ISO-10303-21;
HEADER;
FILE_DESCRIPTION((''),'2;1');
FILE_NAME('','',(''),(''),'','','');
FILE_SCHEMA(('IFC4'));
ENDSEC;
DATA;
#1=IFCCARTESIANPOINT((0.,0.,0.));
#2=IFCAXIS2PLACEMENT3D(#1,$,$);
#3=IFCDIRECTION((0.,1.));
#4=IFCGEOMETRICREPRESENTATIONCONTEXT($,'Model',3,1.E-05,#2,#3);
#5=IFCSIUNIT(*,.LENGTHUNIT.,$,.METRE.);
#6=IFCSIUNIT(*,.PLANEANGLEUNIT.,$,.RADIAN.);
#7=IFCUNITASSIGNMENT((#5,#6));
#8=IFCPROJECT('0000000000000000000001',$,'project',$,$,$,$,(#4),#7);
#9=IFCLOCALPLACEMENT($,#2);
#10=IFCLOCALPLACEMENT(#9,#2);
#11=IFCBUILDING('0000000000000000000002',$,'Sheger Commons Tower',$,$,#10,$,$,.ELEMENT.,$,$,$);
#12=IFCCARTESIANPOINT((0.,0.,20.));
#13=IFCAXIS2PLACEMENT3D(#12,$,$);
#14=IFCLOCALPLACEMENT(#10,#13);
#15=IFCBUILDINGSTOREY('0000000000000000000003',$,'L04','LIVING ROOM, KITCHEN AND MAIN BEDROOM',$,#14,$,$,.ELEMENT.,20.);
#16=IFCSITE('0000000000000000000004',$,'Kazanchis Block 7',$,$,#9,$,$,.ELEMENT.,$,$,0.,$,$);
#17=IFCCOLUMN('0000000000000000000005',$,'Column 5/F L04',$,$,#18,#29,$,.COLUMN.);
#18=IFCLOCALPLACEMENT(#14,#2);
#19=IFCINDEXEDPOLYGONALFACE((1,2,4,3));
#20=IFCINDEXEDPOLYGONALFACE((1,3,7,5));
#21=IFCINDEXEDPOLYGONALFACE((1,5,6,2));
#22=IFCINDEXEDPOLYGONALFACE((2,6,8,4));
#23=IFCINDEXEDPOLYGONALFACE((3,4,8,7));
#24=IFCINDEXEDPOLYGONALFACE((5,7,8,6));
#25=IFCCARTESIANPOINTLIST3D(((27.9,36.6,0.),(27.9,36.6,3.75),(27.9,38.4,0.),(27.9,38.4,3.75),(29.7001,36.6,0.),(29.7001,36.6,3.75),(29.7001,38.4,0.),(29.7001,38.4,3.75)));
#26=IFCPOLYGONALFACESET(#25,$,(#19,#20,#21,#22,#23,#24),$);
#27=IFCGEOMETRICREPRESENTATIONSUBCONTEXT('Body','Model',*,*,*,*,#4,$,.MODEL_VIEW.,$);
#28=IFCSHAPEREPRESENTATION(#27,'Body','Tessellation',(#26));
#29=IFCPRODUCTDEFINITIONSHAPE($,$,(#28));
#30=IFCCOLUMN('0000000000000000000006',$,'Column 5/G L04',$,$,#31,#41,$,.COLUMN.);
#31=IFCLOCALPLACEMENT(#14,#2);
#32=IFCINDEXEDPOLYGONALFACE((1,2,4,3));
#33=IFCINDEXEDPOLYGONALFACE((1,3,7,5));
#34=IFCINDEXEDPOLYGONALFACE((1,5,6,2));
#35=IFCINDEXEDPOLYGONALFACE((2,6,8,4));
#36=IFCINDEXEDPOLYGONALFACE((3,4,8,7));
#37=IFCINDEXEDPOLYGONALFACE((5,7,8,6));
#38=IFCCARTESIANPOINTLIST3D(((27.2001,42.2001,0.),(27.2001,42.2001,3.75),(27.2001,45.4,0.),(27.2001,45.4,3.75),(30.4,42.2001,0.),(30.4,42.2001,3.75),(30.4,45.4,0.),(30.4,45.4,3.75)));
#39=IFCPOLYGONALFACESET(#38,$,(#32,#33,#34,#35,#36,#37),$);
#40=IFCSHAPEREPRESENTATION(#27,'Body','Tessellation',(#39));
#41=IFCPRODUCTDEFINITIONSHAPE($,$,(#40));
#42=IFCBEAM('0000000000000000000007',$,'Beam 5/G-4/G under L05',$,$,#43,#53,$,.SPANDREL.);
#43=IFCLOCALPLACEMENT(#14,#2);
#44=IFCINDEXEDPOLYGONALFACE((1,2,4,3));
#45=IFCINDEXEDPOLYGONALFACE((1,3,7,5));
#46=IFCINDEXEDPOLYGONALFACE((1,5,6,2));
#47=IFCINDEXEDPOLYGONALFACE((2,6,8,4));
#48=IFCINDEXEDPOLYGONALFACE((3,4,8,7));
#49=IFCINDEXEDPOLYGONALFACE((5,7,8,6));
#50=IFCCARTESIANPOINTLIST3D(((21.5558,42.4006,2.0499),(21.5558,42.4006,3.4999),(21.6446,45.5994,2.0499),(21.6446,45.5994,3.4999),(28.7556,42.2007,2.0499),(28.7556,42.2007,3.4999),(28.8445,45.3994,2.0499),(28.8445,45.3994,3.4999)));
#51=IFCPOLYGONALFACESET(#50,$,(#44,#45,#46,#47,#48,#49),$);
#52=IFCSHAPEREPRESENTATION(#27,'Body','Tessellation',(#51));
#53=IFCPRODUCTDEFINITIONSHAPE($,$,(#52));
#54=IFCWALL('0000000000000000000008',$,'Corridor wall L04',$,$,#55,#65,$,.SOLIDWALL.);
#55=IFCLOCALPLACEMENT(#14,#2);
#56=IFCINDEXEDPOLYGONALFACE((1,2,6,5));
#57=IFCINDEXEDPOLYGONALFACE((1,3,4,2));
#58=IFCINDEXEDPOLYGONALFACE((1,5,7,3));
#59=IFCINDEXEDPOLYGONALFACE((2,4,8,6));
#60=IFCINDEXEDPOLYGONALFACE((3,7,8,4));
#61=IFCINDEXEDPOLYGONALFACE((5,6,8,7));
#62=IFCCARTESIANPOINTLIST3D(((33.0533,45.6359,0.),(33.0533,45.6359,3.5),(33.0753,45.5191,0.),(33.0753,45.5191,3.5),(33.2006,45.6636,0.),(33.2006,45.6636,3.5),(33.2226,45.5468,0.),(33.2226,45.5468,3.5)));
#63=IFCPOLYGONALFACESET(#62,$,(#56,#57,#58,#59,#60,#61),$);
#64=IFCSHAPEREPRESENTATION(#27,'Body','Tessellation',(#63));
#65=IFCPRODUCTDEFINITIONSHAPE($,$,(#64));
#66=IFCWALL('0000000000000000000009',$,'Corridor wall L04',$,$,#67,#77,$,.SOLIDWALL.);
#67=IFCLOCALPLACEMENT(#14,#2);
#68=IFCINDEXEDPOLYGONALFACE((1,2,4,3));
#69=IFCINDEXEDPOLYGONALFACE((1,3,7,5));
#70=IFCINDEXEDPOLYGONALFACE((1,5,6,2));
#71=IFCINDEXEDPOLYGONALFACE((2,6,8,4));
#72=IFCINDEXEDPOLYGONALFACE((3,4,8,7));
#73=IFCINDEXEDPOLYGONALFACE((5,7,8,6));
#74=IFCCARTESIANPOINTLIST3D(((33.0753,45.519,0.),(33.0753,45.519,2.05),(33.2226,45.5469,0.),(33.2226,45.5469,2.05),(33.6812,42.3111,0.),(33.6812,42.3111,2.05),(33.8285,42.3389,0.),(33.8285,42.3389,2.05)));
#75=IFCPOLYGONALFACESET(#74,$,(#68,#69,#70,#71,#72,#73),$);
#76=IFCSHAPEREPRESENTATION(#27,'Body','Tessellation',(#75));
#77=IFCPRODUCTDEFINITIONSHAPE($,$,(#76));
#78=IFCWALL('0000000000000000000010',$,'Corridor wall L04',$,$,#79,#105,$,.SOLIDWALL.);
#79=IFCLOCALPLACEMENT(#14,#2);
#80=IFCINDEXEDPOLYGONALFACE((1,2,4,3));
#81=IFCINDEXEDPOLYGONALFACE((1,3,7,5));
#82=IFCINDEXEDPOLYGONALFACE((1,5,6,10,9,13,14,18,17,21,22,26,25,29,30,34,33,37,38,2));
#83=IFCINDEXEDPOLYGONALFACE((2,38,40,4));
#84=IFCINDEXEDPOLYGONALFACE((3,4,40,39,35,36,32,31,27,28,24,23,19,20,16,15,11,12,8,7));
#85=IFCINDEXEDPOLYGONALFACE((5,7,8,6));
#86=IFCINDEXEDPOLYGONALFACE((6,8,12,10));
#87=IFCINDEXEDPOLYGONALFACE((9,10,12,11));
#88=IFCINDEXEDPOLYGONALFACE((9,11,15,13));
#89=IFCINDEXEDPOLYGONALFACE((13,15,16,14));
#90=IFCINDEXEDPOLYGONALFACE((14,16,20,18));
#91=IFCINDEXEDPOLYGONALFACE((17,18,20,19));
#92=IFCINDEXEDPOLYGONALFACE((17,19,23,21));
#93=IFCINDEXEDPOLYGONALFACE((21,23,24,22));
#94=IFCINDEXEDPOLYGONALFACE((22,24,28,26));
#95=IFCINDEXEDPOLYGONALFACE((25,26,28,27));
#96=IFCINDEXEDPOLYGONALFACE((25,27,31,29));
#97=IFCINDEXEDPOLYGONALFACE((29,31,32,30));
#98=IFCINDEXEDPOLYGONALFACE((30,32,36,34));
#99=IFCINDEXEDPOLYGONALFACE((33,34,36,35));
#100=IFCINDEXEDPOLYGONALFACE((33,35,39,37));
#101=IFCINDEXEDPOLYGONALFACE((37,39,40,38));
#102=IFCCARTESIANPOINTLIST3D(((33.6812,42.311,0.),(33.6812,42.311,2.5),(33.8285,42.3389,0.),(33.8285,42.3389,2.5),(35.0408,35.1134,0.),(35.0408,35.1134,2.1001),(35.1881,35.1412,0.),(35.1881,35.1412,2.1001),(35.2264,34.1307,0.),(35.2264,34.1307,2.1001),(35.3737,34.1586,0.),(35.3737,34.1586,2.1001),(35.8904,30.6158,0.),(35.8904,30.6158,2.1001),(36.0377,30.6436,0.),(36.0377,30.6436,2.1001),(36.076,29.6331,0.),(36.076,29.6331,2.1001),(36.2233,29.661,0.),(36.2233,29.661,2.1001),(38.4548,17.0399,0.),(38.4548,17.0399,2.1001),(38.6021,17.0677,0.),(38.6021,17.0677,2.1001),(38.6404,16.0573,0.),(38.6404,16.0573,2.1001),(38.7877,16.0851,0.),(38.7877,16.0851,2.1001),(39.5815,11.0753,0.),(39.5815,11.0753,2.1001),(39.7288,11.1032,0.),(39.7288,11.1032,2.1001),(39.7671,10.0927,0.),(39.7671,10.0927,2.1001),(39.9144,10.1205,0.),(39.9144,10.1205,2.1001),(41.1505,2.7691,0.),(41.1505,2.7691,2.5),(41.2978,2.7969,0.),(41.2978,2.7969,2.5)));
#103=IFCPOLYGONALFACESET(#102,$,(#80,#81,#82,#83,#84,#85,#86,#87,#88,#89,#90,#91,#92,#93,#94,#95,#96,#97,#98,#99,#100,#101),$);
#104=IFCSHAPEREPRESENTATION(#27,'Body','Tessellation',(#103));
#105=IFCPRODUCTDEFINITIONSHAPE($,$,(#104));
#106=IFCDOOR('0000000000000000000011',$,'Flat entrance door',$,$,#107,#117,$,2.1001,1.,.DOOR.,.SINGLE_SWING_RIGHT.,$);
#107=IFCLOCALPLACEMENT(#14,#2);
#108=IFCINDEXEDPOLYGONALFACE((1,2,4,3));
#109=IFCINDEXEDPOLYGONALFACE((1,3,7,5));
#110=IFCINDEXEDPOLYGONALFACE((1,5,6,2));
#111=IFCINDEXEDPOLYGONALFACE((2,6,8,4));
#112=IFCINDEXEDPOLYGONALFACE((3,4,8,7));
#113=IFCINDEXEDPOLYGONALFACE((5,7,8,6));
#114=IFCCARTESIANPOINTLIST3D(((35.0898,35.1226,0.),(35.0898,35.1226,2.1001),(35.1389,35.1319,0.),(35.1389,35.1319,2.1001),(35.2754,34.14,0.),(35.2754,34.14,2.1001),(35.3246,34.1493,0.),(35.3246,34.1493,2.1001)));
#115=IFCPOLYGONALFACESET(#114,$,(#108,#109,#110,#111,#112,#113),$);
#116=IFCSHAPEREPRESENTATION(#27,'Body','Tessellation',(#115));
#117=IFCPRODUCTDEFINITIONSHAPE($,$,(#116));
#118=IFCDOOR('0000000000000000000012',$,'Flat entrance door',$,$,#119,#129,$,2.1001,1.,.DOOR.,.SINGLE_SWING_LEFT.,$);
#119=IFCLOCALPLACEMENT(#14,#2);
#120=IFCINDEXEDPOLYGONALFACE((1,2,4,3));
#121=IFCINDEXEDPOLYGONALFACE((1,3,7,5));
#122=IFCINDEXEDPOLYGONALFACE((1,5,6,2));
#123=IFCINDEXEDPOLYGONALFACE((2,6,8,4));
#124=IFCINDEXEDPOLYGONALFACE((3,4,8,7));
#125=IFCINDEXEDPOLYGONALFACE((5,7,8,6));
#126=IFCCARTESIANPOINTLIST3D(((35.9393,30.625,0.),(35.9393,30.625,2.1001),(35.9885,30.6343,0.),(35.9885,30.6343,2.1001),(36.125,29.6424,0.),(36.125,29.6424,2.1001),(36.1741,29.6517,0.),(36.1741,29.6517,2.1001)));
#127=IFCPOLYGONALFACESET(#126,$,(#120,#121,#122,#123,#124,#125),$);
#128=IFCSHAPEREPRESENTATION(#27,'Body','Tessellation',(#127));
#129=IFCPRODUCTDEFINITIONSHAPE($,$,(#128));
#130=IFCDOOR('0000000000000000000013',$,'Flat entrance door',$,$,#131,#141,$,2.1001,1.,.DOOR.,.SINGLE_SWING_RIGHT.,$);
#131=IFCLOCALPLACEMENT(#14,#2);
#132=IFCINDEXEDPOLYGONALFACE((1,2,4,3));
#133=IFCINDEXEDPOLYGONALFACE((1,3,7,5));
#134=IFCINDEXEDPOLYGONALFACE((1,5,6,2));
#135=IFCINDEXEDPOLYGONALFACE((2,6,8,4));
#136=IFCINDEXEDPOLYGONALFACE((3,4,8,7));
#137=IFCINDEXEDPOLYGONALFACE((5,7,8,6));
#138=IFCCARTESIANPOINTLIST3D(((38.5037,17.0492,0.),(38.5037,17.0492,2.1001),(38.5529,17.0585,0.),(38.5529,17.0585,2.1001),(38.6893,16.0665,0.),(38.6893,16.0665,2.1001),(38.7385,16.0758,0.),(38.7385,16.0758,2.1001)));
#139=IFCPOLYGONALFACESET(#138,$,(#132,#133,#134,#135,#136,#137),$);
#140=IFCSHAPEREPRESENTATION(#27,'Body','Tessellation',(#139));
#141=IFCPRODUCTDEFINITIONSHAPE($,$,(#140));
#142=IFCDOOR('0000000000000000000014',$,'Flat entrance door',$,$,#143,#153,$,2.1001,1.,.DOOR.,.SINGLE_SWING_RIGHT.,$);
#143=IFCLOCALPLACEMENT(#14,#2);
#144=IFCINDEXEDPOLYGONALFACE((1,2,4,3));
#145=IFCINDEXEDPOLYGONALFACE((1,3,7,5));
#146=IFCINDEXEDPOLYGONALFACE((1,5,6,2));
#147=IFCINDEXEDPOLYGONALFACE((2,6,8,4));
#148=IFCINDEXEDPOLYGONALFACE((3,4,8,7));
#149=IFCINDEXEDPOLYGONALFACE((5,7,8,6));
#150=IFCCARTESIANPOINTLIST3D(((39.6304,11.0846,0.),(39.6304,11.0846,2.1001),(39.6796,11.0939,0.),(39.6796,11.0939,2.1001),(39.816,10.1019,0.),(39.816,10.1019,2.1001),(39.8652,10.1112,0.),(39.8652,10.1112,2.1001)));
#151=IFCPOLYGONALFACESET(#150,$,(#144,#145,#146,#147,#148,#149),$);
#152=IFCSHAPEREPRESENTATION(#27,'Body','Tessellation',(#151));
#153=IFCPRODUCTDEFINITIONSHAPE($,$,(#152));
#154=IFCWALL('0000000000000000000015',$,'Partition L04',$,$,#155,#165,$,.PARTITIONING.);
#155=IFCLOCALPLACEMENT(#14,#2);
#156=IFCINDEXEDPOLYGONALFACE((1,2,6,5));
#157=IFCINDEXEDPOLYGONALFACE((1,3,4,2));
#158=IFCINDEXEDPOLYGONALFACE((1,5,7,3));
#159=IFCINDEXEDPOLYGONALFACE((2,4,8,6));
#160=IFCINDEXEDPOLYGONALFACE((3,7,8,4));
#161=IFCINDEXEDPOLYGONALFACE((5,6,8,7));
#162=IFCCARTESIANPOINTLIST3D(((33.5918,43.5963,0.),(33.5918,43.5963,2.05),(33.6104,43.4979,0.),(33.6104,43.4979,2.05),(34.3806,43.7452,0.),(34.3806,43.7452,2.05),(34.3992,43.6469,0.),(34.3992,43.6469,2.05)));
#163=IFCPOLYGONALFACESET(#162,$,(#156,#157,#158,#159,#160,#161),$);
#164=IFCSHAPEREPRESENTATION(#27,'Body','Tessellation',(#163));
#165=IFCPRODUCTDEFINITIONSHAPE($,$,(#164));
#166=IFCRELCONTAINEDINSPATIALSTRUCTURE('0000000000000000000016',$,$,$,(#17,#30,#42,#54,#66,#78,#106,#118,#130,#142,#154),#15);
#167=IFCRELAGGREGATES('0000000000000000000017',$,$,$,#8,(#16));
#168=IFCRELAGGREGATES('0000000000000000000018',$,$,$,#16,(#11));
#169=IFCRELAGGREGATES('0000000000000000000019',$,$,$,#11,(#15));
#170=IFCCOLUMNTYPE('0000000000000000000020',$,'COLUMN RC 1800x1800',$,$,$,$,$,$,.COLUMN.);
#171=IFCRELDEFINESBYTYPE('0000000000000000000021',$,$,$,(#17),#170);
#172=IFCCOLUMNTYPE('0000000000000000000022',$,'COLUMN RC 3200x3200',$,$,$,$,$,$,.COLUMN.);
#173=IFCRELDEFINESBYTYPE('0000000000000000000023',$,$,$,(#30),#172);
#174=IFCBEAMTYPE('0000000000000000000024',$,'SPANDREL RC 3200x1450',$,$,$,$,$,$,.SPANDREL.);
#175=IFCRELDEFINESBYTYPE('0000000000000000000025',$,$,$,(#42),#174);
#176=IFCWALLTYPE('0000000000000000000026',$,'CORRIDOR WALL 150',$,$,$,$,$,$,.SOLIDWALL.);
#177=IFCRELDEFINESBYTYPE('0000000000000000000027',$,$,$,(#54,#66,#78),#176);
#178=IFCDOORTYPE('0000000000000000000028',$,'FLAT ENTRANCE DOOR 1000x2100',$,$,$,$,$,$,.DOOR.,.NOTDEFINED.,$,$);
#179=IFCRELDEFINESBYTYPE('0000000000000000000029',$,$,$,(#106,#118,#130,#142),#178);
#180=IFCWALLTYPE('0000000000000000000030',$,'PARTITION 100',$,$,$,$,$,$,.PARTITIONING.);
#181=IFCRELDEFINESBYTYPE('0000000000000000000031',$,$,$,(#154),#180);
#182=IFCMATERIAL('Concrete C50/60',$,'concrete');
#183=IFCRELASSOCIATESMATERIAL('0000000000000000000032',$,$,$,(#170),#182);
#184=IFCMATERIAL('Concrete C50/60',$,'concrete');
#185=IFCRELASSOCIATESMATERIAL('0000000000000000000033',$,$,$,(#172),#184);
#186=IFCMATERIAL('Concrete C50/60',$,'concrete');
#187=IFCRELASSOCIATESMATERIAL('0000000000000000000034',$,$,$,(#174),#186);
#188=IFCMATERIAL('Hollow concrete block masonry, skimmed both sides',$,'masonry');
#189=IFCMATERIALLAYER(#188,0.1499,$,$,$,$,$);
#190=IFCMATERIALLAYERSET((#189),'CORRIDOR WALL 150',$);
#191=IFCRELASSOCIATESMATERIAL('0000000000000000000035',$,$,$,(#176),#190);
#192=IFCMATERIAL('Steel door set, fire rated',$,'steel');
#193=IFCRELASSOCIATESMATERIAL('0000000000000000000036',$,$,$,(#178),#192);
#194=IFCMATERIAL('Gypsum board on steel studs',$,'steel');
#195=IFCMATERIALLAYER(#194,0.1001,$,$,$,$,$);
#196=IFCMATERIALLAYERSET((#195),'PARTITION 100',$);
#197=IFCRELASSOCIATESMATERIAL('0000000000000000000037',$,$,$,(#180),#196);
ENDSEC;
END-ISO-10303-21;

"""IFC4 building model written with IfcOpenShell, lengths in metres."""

from ifc_helpers import new_model, si_unit, direction, frame, frame_2d, origin, origin_2d, place, context, subcontext, project, spatial, rectangle, extrude, material, layer, layer_set, material_profile, profile_set, type_object, element, fill, save


model = new_model("IFC4")

# Units and contexts
model_context = context("Model", 3, precision=1e-05, world=origin(), true_north=direction((0.0, 1.0)))
body_context = subcontext(model_context, "Body", "Model", "MODEL_VIEW")
ifc_project = project(units=[si_unit("LENGTHUNIT", "METRE"), si_unit("PLANEANGLEUNIT", "RADIAN")], contexts=[model_context])

# Site, building, storey
site_placement = place(None, origin())
site = spatial("IfcSite", under=ifc_project, at=site_placement, Name="Kazanchis Block 7", CompositionType="ELEMENT", RefElevation=0.0)
building_placement = place(site_placement, origin())
building = spatial("IfcBuilding", under=site, at=building_placement, Name="Sheger Commons Tower", CompositionType="ELEMENT")
storey_placement = place(building_placement, frame((0.0, 0.0, 20.0)))
storey = spatial("IfcBuildingStorey", under=building, at=storey_placement, Name="L04", Description="LIVING ROOM, KITCHEN AND MAIN BEDROOM", CompositionType="ELEMENT", Elevation=20.0)

# Columns
ifc_material_1 = material(Name="Concrete C50/60", Category="concrete")
ifc_material_profile_1 = material_profile(ifc_material_1, rectangle(XDim=1.8, YDim=1.8, at=origin_2d()), Name="RC 1800x1800")
ifc_profile_set_1 = profile_set([ifc_material_profile_1], Name="Concrete C50/60")
column_type_1 = type_object("IfcColumnType", Name="COLUMN RC 1800x1800", PredefinedType="COLUMN", material=ifc_profile_set_1)
column_1_placement = place(storey_placement, frame((28.8, 37.5, 0.0), z_axis=(0.0, 0.0, 1.0), x_axis=(1.0, 0.0, 0.0)))
element("IfcColumn", 1, at=column_1_placement, inside=storey, type_object=column_type_1, Name="Column 5/F L04", PredefinedType="COLUMN", context=body_context, shape_type="SweptSolid", body=[
    extrude(rectangle(XDim=1.8, YDim=1.8, at=origin_2d()), origin(), (0.0, 0.0, 1.0), 3.75),
])
ifc_material_2 = material(Name="Concrete C50/60", Category="concrete")
ifc_material_profile_2 = material_profile(ifc_material_2, rectangle(XDim=3.2, YDim=3.2, at=origin_2d()), Name="RC 3200x3200")
ifc_profile_set_2 = profile_set([ifc_material_profile_2], Name="Concrete C50/60")
column_type_2 = type_object("IfcColumnType", Name="COLUMN RC 3200x3200", PredefinedType="COLUMN", material=ifc_profile_set_2)
column_2_placement = place(storey_placement, frame((28.8, 43.8, 0.0), z_axis=(0.0, 0.0, 1.0), x_axis=(1.0, 0.0, 0.0)))
element("IfcColumn", 2, at=column_2_placement, inside=storey, type_object=column_type_2, Name="Column 5/G L04", PredefinedType="COLUMN", context=body_context, shape_type="SweptSolid", body=[
    extrude(rectangle(XDim=3.2, YDim=3.2, at=origin_2d()), origin(), (0.0, 0.0, 1.0), 3.75),
])

# Beam
ifc_material_3 = material(Name="Concrete C50/60", Category="concrete")
ifc_material_profile_3 = material_profile(ifc_material_3, rectangle(XDim=3.2, YDim=1.45, at=origin_2d()), Name="RC 3200x1450")
ifc_profile_set_3 = profile_set([ifc_material_profile_3], Name="Concrete C50/60")
beam_type = type_object("IfcBeamType", Name="SPANDREL RC 3200x1450", PredefinedType="SPANDREL", material=ifc_profile_set_3)
beam_placement = place(storey_placement, frame((28.8, 43.8, 2.7749), z_axis=(-0.999615, 0.02776, 0.0), x_axis=(-0.02776, -0.999615, 0.0)))
element("IfcBeam", 3, at=beam_placement, inside=storey, type_object=beam_type, Name="Beam 5/G-4/G under L05", PredefinedType="SPANDREL", context=body_context, shape_type="SweptSolid", body=[
    extrude(rectangle(XDim=3.2, YDim=1.45, at=origin_2d()), origin(), (0.0, 0.0, 1.0), 7.2026),
])

# Walls
ifc_material_4 = material(Name="Hollow concrete block masonry, skimmed both sides", Category="masonry")
ifc_layer_1 = layer(ifc_material_4, 0.1499)
ifc_layer_set_1 = layer_set([ifc_layer_1], Name="CORRIDOR WALL 150")
wall_type_1 = type_object("IfcWallType", Name="CORRIDOR WALL 150", PredefinedType="SOLIDWALL", material=ifc_layer_set_1)
wall_1_placement = place(storey_placement, frame((33.127, 45.6499, 0.0), z_axis=(0.0, 0.0, 1.0), x_axis=(0.18466, -0.982802, 0.0)))
element("IfcWall", 4, at=wall_1_placement, inside=storey, type_object=wall_type_1, Name="Corridor wall L04", PredefinedType="SOLIDWALL", context=body_context, shape_type="SweptSolid", body=[
    extrude(rectangle(XDim=0.1189, YDim=0.1499, at=frame_2d((0.0596, 0.0))), origin(), (0.0, 0.0, 1.0), 3.5),
])
wall_2_placement = place(storey_placement, frame((33.1489, 45.533, 0.0), z_axis=(0.0, 0.0, 1.0), x_axis=(0.185607, -0.982624, 0.0)))
element("IfcWall", 5, at=wall_2_placement, inside=storey, type_object=wall_type_1, Name="Corridor wall L04", PredefinedType="SOLIDWALL", context=body_context, shape_type="SweptSolid", body=[
    extrude(rectangle(XDim=3.2646, YDim=0.1499, at=frame_2d((1.6323, 0.0))), origin(), (0.0, 0.0, 1.0), 2.05),
])

# Wall, openings, doors
wall_3_placement = place(storey_placement, frame((33.7549, 42.325, 0.0), z_axis=(0.0, 0.0, 1.0), x_axis=(0.185611, -0.982623, 0.0)))
wall_3 = element("IfcWall", 6, at=wall_3_placement, inside=storey, type_object=wall_type_1, Name="Corridor wall L04", PredefinedType="SOLIDWALL", context=body_context, shape_type="SweptSolid", body=[
    extrude(rectangle(XDim=40.2412, YDim=0.1499, at=frame_2d((20.1206, 0.0))), origin(), (0.0, 0.0, 1.0), 2.5),
])
opening_1_placement = place(wall_3_placement, frame((7.325, 0.0, 0.0)))
opening_1 = element("IfcOpeningElement", 7, at=opening_1_placement, cuts=wall_3, PredefinedType="OPENING", context=body_context, shape_type="SweptSolid", body=[
    extrude(rectangle(XDim=1.0, YDim=2.1001, at=frame_2d((0.5, 1.05))), frame((0.0, 0.085, 0.0), z_axis=(0.0, -1.0, 0.0), x_axis=(1.0, 0.0, 0.0)), (0.0, 0.0, 1.0), 0.1699),
])
opening_2_placement = place(wall_3_placement, frame((11.9021, 0.0, 0.0)))
opening_2 = element("IfcOpeningElement", 8, at=opening_2_placement, cuts=wall_3, PredefinedType="OPENING", context=body_context, shape_type="SweptSolid", body=[
    extrude(rectangle(XDim=1.0, YDim=2.1001, at=frame_2d((0.5, 1.05))), frame((0.0, 0.085, 0.0), z_axis=(0.0, -1.0, 0.0), x_axis=(1.0, 0.0, 0.0)), (0.0, 0.0, 1.0), 0.1699),
])
opening_3_placement = place(wall_3_placement, frame((25.718, 0.0, 0.0)))
opening_3 = element("IfcOpeningElement", 9, at=opening_3_placement, cuts=wall_3, PredefinedType="OPENING", context=body_context, shape_type="SweptSolid", body=[
    extrude(rectangle(XDim=1.0, YDim=2.1001, at=frame_2d((0.5, 1.05))), frame((0.0, 0.085, 0.0), z_axis=(0.0, -1.0, 0.0), x_axis=(1.0, 0.0, 0.0)), (0.0, 0.0, 1.0), 0.1699),
])
opening_4_placement = place(wall_3_placement, frame((31.7881, 0.0, 0.0)))
opening_4 = element("IfcOpeningElement", 10, at=opening_4_placement, cuts=wall_3, PredefinedType="OPENING", context=body_context, shape_type="SweptSolid", body=[
    extrude(rectangle(XDim=1.0, YDim=2.1001, at=frame_2d((0.5, 1.05))), frame((0.0, 0.085, 0.0), z_axis=(0.0, -1.0, 0.0), x_axis=(1.0, 0.0, 0.0)), (0.0, 0.0, 1.0), 0.1699),
])
ifc_material_5 = material(Name="Steel door set, fire rated", Category="steel")
door_type = type_object("IfcDoorType", Name="FLAT ENTRANCE DOOR 1000x2100", OperationType="NOTDEFINED", PredefinedType="DOOR", material=ifc_material_5)
door_1_placement = place(opening_1_placement, origin())
door_1 = element("IfcDoor", 11, at=door_1_placement, inside=storey, type_object=door_type, Name="Flat entrance door", OperationType="SINGLE_SWING_RIGHT", OverallHeight=2.1001, OverallWidth=1.0, PredefinedType="DOOR", context=body_context, shape_type="SweptSolid", body=[
    extrude(rectangle(XDim=1.0, YDim=2.1001, at=frame_2d((0.5, 1.05))), frame((0.0, 0.0249, 0.0), z_axis=(0.0, -1.0, 0.0), x_axis=(1.0, 0.0, 0.0)), (0.0, 0.0, 1.0), 0.05),
])
fill(opening_1, door_1)
door_2_placement = place(opening_2_placement, origin())
door_2 = element("IfcDoor", 12, at=door_2_placement, inside=storey, type_object=door_type, Name="Flat entrance door", OperationType="SINGLE_SWING_LEFT", OverallHeight=2.1001, OverallWidth=1.0, PredefinedType="DOOR", context=body_context, shape_type="SweptSolid", body=[
    extrude(rectangle(XDim=1.0, YDim=2.1001, at=frame_2d((0.5, 1.05))), frame((0.0, 0.0249, 0.0), z_axis=(0.0, -1.0, 0.0), x_axis=(1.0, 0.0, 0.0)), (0.0, 0.0, 1.0), 0.05),
])
fill(opening_2, door_2)
door_3_placement = place(opening_3_placement, origin())
door_3 = element("IfcDoor", 13, at=door_3_placement, inside=storey, type_object=door_type, Name="Flat entrance door", OperationType="SINGLE_SWING_RIGHT", OverallHeight=2.1001, OverallWidth=1.0, PredefinedType="DOOR", context=body_context, shape_type="SweptSolid", body=[
    extrude(rectangle(XDim=1.0, YDim=2.1001, at=frame_2d((0.5, 1.05))), frame((0.0, 0.0249, 0.0), z_axis=(0.0, -1.0, 0.0), x_axis=(1.0, 0.0, 0.0)), (0.0, 0.0, 1.0), 0.05),
])
fill(opening_3, door_3)
door_4_placement = place(opening_4_placement, origin())
door_4 = element("IfcDoor", 14, at=door_4_placement, inside=storey, type_object=door_type, Name="Flat entrance door", OperationType="SINGLE_SWING_RIGHT", OverallHeight=2.1001, OverallWidth=1.0, PredefinedType="DOOR", context=body_context, shape_type="SweptSolid", body=[
    extrude(rectangle(XDim=1.0, YDim=2.1001, at=frame_2d((0.5, 1.05))), frame((0.0, 0.0249, 0.0), z_axis=(0.0, -1.0, 0.0), x_axis=(1.0, 0.0, 0.0)), (0.0, 0.0, 1.0), 0.05),
])
fill(opening_4, door_4)

# Wall
ifc_material_6 = material(Name="Gypsum board on steel studs", Category="steel")
ifc_layer_2 = layer(ifc_material_6, 0.1001)
ifc_layer_set_2 = layer_set([ifc_layer_2], Name="PARTITION 100")
wall_type_2 = type_object("IfcWallType", Name="PARTITION 100", PredefinedType="PARTITIONING", material=ifc_layer_set_2)
wall_4_placement = place(storey_placement, frame((34.3899, 43.696, 0.0), z_axis=(0.0, 0.0, 1.0), x_axis=(-0.982641, -0.185519, 0.0)))
element("IfcWall", 15, at=wall_4_placement, inside=storey, type_object=wall_type_2, Name="Partition L04", PredefinedType="PARTITIONING", context=body_context, shape_type="SweptSolid", body=[
    extrude(rectangle(XDim=0.8027, YDim=0.1001, at=frame_2d((0.4014, 0.0))), origin(), (0.0, 0.0, 1.0), 2.05),
])

save(model, "model.ifc")
